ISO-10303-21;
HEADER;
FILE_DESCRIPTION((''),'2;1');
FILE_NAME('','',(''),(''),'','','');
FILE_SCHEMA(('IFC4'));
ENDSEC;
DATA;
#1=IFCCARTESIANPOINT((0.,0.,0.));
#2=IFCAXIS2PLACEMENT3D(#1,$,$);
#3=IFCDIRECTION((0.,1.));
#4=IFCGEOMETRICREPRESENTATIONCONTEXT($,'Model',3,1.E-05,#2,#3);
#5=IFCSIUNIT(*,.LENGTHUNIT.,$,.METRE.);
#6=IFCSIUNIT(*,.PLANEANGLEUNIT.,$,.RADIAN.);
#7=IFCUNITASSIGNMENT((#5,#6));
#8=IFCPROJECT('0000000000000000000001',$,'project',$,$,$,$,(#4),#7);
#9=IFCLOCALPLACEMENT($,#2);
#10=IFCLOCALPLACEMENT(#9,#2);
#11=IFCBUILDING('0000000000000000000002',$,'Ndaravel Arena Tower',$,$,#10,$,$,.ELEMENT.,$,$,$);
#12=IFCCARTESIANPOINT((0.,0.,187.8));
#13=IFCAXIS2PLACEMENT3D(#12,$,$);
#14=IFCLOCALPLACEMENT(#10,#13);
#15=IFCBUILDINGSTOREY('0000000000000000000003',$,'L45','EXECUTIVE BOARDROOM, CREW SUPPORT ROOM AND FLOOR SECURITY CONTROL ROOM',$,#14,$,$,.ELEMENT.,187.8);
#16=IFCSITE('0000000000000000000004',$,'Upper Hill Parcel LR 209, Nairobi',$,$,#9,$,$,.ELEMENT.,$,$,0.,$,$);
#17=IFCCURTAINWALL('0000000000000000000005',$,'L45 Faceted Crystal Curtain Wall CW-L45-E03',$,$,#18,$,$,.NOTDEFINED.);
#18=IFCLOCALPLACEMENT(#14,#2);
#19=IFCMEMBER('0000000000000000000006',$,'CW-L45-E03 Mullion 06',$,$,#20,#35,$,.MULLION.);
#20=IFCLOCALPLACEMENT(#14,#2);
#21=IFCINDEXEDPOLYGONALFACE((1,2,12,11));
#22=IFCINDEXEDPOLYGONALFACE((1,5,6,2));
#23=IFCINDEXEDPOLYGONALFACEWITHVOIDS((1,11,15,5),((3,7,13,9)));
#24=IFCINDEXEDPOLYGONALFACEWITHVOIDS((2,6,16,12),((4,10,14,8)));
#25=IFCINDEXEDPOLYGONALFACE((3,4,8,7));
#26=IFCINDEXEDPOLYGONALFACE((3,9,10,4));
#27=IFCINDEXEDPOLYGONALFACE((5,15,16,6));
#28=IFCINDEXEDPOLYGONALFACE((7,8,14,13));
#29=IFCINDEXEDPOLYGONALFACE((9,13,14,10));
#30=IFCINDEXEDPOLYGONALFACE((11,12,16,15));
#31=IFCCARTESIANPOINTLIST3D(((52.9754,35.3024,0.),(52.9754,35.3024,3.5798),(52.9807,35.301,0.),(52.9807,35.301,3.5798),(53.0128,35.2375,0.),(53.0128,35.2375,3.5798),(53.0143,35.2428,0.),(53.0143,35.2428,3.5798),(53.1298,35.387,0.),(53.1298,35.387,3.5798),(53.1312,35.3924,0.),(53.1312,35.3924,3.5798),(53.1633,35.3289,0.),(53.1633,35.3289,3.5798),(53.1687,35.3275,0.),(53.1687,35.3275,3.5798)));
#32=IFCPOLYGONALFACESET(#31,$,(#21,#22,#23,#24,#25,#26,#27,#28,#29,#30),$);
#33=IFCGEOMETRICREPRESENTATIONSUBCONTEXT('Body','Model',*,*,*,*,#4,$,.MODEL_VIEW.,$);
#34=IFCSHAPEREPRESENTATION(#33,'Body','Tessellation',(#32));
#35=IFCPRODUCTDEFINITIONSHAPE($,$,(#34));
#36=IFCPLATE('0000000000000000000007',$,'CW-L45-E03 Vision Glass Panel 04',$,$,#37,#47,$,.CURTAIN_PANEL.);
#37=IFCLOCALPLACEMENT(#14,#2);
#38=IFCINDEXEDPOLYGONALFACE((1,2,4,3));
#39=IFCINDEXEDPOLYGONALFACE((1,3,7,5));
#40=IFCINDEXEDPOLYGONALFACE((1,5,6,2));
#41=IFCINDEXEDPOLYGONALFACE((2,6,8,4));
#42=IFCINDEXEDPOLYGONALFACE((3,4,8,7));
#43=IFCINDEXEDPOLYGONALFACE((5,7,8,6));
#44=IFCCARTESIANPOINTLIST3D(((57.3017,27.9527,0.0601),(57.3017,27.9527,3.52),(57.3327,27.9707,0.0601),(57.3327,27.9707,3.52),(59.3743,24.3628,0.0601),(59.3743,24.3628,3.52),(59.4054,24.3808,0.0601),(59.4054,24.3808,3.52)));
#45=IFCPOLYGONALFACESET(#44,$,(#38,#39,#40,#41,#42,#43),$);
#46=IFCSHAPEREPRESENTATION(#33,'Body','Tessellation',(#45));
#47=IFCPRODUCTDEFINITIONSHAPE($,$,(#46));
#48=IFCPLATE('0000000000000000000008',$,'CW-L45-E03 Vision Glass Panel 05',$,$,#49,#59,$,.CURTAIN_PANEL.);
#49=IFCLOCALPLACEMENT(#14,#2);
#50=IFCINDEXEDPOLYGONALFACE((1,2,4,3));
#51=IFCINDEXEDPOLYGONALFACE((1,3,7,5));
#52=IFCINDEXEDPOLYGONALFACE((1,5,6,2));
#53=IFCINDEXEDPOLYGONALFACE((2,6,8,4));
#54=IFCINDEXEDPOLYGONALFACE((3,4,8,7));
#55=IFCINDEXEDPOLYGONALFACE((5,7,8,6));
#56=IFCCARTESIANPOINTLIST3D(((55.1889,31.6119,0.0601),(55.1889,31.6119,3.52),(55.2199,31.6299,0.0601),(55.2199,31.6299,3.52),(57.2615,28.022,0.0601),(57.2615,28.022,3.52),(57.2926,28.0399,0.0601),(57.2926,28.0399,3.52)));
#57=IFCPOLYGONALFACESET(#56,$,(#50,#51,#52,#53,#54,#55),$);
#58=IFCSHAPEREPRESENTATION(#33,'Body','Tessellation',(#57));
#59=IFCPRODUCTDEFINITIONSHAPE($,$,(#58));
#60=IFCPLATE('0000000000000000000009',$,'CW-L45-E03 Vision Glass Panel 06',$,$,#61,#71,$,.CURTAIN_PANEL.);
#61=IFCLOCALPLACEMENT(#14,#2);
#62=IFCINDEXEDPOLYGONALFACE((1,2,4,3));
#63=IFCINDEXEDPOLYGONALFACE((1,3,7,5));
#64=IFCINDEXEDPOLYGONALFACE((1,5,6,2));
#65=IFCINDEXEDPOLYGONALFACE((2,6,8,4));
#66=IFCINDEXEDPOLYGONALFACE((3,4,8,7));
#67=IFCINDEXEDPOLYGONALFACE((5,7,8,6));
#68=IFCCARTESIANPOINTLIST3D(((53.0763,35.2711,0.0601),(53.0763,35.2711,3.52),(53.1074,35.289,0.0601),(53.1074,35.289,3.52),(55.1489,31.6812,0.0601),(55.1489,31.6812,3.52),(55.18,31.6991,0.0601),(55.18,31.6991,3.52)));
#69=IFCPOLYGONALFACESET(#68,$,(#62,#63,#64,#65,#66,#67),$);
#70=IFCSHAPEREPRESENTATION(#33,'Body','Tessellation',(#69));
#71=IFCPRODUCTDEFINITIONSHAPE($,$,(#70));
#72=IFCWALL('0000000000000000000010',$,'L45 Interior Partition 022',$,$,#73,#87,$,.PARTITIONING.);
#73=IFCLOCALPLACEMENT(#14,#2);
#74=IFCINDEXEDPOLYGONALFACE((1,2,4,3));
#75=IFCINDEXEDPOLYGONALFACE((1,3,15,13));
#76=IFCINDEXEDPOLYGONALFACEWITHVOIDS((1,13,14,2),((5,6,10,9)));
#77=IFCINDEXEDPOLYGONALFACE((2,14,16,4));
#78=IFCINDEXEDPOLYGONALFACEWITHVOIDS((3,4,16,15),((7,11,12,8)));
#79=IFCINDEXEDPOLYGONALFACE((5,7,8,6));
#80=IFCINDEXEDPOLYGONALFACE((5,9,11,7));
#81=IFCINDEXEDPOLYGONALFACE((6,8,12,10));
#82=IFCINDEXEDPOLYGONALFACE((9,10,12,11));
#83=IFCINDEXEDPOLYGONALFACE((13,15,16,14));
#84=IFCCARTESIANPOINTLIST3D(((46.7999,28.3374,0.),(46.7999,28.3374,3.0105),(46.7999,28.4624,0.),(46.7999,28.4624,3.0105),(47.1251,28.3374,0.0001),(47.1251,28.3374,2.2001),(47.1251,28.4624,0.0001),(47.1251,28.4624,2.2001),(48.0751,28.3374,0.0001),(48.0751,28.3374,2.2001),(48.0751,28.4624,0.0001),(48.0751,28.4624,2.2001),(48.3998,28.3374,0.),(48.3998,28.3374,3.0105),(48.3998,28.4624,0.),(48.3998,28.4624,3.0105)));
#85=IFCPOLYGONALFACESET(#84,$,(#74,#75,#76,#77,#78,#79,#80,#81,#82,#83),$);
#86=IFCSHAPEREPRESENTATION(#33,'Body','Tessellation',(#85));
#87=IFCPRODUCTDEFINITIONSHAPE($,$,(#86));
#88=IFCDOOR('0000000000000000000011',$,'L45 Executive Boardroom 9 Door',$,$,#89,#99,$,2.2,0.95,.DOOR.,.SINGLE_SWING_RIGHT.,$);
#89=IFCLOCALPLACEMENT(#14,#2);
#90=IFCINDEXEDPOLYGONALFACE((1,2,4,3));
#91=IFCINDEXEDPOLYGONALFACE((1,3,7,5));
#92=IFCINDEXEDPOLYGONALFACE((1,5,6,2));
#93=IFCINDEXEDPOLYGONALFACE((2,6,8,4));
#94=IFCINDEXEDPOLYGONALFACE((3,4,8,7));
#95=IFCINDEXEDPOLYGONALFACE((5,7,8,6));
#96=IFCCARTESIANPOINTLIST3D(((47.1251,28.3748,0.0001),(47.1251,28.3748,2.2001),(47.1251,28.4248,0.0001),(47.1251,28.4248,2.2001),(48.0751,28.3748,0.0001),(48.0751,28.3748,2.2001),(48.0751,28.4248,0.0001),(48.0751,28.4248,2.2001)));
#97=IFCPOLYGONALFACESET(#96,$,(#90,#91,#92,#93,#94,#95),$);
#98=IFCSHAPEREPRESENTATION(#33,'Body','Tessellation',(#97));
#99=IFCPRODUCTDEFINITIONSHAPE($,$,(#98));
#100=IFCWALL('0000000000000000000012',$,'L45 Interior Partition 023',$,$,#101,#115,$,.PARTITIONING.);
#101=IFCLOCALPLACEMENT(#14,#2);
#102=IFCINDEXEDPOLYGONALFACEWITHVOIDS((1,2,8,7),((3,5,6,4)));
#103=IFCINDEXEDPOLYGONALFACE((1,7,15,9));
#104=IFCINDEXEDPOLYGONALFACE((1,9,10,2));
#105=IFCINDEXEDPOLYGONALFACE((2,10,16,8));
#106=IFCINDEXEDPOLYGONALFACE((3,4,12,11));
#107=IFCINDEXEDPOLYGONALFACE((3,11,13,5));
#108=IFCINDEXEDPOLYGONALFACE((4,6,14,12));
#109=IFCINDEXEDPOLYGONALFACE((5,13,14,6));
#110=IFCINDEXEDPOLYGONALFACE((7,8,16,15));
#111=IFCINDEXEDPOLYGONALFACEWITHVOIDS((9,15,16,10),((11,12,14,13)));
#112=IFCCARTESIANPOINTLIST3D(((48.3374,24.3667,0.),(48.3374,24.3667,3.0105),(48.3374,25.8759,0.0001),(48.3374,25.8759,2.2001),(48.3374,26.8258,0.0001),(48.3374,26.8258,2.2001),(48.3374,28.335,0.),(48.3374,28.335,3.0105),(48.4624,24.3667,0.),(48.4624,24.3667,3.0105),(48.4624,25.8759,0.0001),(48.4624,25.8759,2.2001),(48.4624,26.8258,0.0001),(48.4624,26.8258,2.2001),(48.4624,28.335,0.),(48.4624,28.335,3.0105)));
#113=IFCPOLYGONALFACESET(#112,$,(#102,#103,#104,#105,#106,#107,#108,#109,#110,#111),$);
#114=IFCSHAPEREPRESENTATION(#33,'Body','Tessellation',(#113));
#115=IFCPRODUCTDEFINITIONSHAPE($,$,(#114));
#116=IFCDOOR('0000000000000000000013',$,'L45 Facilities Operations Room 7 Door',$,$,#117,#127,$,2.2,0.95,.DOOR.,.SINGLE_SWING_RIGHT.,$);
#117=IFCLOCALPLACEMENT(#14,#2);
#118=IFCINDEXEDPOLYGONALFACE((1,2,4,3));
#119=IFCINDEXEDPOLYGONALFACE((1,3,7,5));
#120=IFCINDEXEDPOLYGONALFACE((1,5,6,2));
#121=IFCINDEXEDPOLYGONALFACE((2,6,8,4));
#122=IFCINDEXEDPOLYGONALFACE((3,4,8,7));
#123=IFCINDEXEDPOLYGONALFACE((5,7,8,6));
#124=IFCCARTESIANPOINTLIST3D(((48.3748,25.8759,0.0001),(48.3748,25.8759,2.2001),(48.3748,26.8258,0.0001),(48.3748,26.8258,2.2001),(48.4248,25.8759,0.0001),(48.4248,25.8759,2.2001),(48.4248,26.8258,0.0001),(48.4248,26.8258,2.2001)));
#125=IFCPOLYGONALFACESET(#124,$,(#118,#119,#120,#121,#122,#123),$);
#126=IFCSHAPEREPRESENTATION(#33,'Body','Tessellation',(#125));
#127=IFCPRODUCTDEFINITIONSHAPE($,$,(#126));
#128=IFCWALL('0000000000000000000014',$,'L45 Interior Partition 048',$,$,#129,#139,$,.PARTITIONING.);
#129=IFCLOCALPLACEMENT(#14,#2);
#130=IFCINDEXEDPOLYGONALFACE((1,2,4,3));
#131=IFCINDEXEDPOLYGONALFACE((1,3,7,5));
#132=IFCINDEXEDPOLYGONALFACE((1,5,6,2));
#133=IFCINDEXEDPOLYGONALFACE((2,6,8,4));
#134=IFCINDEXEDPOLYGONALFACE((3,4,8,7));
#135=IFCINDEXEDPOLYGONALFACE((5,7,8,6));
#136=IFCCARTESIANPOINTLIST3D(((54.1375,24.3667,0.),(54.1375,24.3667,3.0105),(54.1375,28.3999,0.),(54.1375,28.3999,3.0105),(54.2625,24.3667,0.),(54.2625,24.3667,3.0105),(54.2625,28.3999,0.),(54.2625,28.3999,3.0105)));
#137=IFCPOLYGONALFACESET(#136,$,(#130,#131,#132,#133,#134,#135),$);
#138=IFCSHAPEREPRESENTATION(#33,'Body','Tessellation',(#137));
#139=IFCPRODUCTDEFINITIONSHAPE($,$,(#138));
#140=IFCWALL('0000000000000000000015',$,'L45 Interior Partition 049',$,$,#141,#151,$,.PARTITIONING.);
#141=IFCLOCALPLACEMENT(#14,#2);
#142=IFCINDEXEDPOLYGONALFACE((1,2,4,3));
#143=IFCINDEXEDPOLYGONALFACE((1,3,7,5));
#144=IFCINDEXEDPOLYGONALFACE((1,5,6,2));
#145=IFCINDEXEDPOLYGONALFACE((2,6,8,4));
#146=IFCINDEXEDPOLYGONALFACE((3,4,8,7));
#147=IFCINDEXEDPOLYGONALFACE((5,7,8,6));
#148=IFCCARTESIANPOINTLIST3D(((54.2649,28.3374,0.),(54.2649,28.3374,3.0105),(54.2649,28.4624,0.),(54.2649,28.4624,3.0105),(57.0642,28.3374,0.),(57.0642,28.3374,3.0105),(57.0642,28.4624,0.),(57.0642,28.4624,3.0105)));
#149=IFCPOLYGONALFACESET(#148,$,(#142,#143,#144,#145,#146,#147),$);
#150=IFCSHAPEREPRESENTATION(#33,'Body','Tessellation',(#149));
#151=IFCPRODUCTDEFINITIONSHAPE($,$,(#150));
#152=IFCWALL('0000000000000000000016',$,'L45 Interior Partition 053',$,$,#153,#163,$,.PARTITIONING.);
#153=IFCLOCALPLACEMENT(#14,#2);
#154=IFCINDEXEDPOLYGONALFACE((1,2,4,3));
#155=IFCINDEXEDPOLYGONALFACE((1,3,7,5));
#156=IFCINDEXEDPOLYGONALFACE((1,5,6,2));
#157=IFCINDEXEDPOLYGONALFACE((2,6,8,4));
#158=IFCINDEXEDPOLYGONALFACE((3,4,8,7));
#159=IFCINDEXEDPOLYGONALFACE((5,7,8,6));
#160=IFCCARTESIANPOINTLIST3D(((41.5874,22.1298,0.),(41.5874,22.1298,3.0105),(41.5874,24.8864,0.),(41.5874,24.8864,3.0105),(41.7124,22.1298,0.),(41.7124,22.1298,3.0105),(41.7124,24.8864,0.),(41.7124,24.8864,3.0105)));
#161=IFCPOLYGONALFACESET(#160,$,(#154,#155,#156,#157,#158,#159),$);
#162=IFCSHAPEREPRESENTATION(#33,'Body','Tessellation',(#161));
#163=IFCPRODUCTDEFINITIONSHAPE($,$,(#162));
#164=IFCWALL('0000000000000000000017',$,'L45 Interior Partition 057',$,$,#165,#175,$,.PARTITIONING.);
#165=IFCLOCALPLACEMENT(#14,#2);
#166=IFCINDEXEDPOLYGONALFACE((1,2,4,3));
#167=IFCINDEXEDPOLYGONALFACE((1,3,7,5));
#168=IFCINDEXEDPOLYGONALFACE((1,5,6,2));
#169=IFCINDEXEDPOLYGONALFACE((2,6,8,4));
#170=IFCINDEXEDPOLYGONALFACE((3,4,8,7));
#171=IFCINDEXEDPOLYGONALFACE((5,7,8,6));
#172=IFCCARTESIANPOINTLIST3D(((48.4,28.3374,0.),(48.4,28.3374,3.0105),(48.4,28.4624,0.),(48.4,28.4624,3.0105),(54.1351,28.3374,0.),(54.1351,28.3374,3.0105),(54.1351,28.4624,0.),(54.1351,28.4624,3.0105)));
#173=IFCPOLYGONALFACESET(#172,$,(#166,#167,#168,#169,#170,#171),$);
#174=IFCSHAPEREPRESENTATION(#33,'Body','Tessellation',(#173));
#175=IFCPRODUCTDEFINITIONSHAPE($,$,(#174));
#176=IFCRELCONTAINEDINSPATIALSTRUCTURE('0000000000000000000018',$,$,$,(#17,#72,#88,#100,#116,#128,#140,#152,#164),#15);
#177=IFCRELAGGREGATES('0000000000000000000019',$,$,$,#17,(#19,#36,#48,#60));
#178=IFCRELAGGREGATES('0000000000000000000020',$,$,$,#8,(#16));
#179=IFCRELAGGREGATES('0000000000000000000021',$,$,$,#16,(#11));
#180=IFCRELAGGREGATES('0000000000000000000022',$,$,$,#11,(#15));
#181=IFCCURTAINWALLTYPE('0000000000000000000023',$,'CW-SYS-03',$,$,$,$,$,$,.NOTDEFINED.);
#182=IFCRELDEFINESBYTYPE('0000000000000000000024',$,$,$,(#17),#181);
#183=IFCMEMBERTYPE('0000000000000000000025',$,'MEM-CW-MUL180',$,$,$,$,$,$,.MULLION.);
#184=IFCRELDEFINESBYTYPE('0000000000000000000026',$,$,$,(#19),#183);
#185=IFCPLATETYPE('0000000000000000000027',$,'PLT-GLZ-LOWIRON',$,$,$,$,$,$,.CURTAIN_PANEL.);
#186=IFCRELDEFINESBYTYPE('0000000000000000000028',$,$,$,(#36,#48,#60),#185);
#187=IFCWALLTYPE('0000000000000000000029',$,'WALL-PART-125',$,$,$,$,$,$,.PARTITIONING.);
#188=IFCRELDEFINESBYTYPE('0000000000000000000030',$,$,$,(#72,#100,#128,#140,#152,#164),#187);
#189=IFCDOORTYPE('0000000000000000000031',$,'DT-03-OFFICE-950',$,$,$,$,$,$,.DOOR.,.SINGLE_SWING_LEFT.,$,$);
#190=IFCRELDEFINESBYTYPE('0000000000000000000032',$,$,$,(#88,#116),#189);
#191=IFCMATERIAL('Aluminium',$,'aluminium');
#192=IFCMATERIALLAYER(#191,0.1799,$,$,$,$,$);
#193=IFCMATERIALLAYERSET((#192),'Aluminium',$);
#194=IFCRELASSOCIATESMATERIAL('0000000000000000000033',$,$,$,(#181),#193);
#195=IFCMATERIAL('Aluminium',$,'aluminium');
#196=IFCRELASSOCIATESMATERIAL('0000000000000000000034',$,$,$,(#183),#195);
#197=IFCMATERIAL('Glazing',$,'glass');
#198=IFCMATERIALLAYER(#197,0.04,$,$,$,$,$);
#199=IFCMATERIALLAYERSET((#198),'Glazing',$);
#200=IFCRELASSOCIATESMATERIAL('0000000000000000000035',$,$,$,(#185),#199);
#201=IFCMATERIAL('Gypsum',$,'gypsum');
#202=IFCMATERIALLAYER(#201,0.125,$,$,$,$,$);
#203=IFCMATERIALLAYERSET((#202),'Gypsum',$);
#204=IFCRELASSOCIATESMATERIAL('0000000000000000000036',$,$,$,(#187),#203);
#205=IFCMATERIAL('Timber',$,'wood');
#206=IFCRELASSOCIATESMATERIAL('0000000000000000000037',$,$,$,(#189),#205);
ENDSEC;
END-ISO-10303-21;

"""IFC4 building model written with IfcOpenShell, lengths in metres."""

from ifc_helpers import new_model, si_unit, direction, frame, frame_2d, origin, origin_2d, place, context, subcontext, project, spatial, rectangle, hollow_rectangle, extrude, material, layer, layer_set, material_profile, profile_set, type_object, element, fill, aggregate, save


model = new_model("IFC4")

# Units and contexts
model_context = context("Model", 3, precision=1e-05, world=origin(), true_north=direction((0.0, 1.0)))
body_context = subcontext(model_context, "Body", "Model", "MODEL_VIEW")
ifc_project = project(units=[si_unit("LENGTHUNIT", "METRE"), si_unit("PLANEANGLEUNIT", "RADIAN")], contexts=[model_context])

# Site, building, storey
site_placement = place(None, origin())
site = spatial("IfcSite", under=ifc_project, at=site_placement, Name="Upper Hill Parcel LR 209, Nairobi", CompositionType="ELEMENT", RefElevation=0.0)
building_placement = place(site_placement, origin())
building = spatial("IfcBuilding", under=site, at=building_placement, Name="Ndaravel Arena Tower", CompositionType="ELEMENT")
storey_placement = place(building_placement, frame((0.0, 0.0, 187.8)))
storey = spatial("IfcBuildingStorey", under=building, at=storey_placement, Name="L45", Description="EXECUTIVE BOARDROOM, CREW SUPPORT ROOM AND FLOOR SECURITY CONTROL ROOM", CompositionType="ELEMENT", Elevation=187.8)

# Curtain wall, member, plates
ifc_material_1 = material(Name="Aluminium", Category="aluminium")
ifc_layer_1 = layer(ifc_material_1, 0.1799)
ifc_layer_set_1 = layer_set([ifc_layer_1], Name="Aluminium")
curtain_wall_type = type_object("IfcCurtainWallType", Name="CW-SYS-03", PredefinedType="NOTDEFINED", material=ifc_layer_set_1)
curtain_wall_placement = place(storey_placement, origin())
curtain_wall = element("IfcCurtainWall", 1, at=curtain_wall_placement, inside=storey, type_object=curtain_wall_type, Name="L45 Faceted Crystal Curtain Wall CW-L45-E03", PredefinedType="NOTDEFINED")
ifc_material_2 = material(Name="Aluminium", Category="aluminium")
ifc_material_profile_1 = material_profile(ifc_material_2, hollow_rectangle(XDim=0.075, YDim=0.1799, WallThickness=0.0039, at=origin_2d()), Name="CW MULLION 75x180x4")
ifc_profile_set_1 = profile_set([ifc_material_profile_1], Name="Aluminium")
member_type = type_object("IfcMemberType", Name="MEM-CW-MUL180", PredefinedType="MULLION", material=ifc_profile_set_1)
member_1_placement = place(storey_placement, frame((53.072, 35.3149, 0.0), z_axis=(0.0, 0.0, 1.0), x_axis=(-0.5, 0.866025, 0.0)))
member_1 = element("IfcMember", 2, at=member_1_placement, type_object=member_type, Name="CW-L45-E03 Mullion 06", PredefinedType="MULLION", context=body_context, shape_type="SweptSolid", body=[
    extrude(hollow_rectangle(XDim=0.075, YDim=0.1799, WallThickness=0.0039, at=origin_2d()), origin(), (0.0, 0.0, 1.0), 3.5798),
])
ifc_material_3 = material(Name="Glazing", Category="glass")
ifc_layer_2 = layer(ifc_material_3, 0.04)
ifc_layer_set_2 = layer_set([ifc_layer_2], Name="Glazing")
plate_type = type_object("IfcPlateType", Name="PLT-GLZ-LOWIRON", PredefinedType="CURTAIN_PANEL", material=ifc_layer_set_2)
plate_1_placement = place(storey_placement, frame((58.3535, 26.1667, 0.0601), z_axis=(0.0, 0.0, 1.0), x_axis=(-0.5, 0.866025, 0.0)))
plate_1 = element("IfcPlate", 3, at=plate_1_placement, type_object=plate_type, Name="CW-L45-E03 Vision Glass Panel 04", PredefinedType="CURTAIN_PANEL", context=body_context, shape_type="SweptSolid", body=[
    extrude(rectangle(XDim=4.1453, YDim=0.0359, at=origin_2d()), origin(), (0.0, 0.0, 1.0), 3.46),
])
plate_2_placement = place(storey_placement, frame((56.2407, 29.8259, 0.0601), z_axis=(0.0, 0.0, 1.0), x_axis=(-0.5, 0.866025, 0.0)))
plate_2 = element("IfcPlate", 4, at=plate_2_placement, type_object=plate_type, Name="CW-L45-E03 Vision Glass Panel 05", PredefinedType="CURTAIN_PANEL", context=body_context, shape_type="SweptSolid", body=[
    extrude(rectangle(XDim=4.1453, YDim=0.0359, at=origin_2d()), origin(), (0.0, 0.0, 1.0), 3.46),
])
plate_3_placement = place(storey_placement, frame((54.1282, 33.4851, 0.0601), z_axis=(0.0, 0.0, 1.0), x_axis=(-0.5, 0.866025, 0.0)))
plate_3 = element("IfcPlate", 5, at=plate_3_placement, type_object=plate_type, Name="CW-L45-E03 Vision Glass Panel 06", PredefinedType="CURTAIN_PANEL", context=body_context, shape_type="SweptSolid", body=[
    extrude(rectangle(XDim=4.1453, YDim=0.0359, at=origin_2d()), origin(), (0.0, 0.0, 1.0), 3.46),
])
aggregate(curtain_wall, [member_1, plate_1, plate_2, plate_3])

# Walls, openings, doors
ifc_material_4 = material(Name="Gypsum", Category="gypsum")
ifc_layer_3 = layer(ifc_material_4, 0.125)
ifc_layer_set_3 = layer_set([ifc_layer_3], Name="Gypsum")
wall_type_1 = type_object("IfcWallType", Name="WALL-PART-125", PredefinedType="PARTITIONING", material=ifc_layer_set_3)
wall_1_placement = place(storey_placement, frame((46.8, 28.3999, 0.0), z_axis=(0.0, 0.0, 1.0), x_axis=(1.0, 0.0, 0.0)))
wall_1 = element("IfcWall", 6, at=wall_1_placement, inside=storey, type_object=wall_type_1, Name="L45 Interior Partition 022", PredefinedType="PARTITIONING", context=body_context, shape_type="SweptSolid", body=[
    extrude(rectangle(XDim=1.5999, YDim=0.125, at=frame_2d((0.7998, 0.0))), origin(), (0.0, 0.0, 1.0), 3.0105),
])
opening_1_placement = place(wall_1_placement, frame((0.325, 0.0, 0.0)))
opening_1 = element("IfcOpeningElement", 7, at=opening_1_placement, cuts=wall_1, PredefinedType="OPENING", context=body_context, shape_type="SweptSolid", body=[
    extrude(rectangle(XDim=0.95, YDim=2.2, at=frame_2d((0.4751, 1.1001))), frame((0.0, 0.0625, 0.0), z_axis=(0.0, -1.0, 0.0), x_axis=(1.0, 0.0, 0.0)), (0.0, 0.0, 1.0), 0.125),
])
ifc_material_5 = material(Name="Timber", Category="wood")
door_type_1 = type_object("IfcDoorType", Name="DT-03-OFFICE-950", OperationType="SINGLE_SWING_LEFT", PredefinedType="DOOR", material=ifc_material_5)
door_1_placement = place(opening_1_placement, origin())
door_1 = element("IfcDoor", 8, at=door_1_placement, inside=storey, type_object=door_type_1, Name="L45 Executive Boardroom 9 Door", OperationType="SINGLE_SWING_RIGHT", OverallHeight=2.2, OverallWidth=0.95, PredefinedType="DOOR", context=body_context, shape_type="SweptSolid", body=[
    extrude(rectangle(XDim=0.95, YDim=2.2, at=frame_2d((0.4751, 1.1001))), frame((0.0, 0.0249, 0.0), z_axis=(0.0, -1.0, 0.0), x_axis=(1.0, 0.0, 0.0)), (0.0, 0.0, 1.0), 0.05),
])
fill(opening_1, door_1)
wall_2_placement = place(storey_placement, frame((48.3999, 28.335, 0.0), z_axis=(0.0, 0.0, 1.0), x_axis=(0.0, -1.0, 0.0)))
wall_2 = element("IfcWall", 9, at=wall_2_placement, inside=storey, type_object=wall_type_1, Name="L45 Interior Partition 023", PredefinedType="PARTITIONING", context=body_context, shape_type="SweptSolid", body=[
    extrude(rectangle(XDim=3.9683, YDim=0.125, at=frame_2d((1.9841, 0.0))), origin(), (0.0, 0.0, 1.0), 3.0105),
])
opening_2_placement = place(wall_2_placement, frame((1.509, 0.0, 0.0)))
opening_2 = element("IfcOpeningElement", 10, at=opening_2_placement, cuts=wall_2, PredefinedType="OPENING", context=body_context, shape_type="SweptSolid", body=[
    extrude(rectangle(XDim=0.95, YDim=2.2, at=frame_2d((0.4751, 1.1001))), frame((0.0, 0.0625, 0.0), z_axis=(0.0, -1.0, 0.0), x_axis=(1.0, 0.0, 0.0)), (0.0, 0.0, 1.0), 0.125),
])
door_2_placement = place(opening_2_placement, origin())
door_2 = element("IfcDoor", 11, at=door_2_placement, inside=storey, type_object=door_type_1, Name="L45 Facilities Operations Room 7 Door", OperationType="SINGLE_SWING_RIGHT", OverallHeight=2.2, OverallWidth=0.95, PredefinedType="DOOR", context=body_context, shape_type="SweptSolid", body=[
    extrude(rectangle(XDim=0.95, YDim=2.2, at=frame_2d((0.4751, 1.1001))), frame((0.0, 0.0249, 0.0), z_axis=(0.0, -1.0, 0.0), x_axis=(1.0, 0.0, 0.0)), (0.0, 0.0, 1.0), 0.05),
])
fill(opening_2, door_2)

# Walls
wall_3_placement = place(storey_placement, frame((54.2, 24.3667, 0.0), z_axis=(0.0, 0.0, 1.0), x_axis=(0.0, 1.0, 0.0)))
element("IfcWall", 12, at=wall_3_placement, inside=storey, type_object=wall_type_1, Name="L45 Interior Partition 048", PredefinedType="PARTITIONING", context=body_context, shape_type="SweptSolid", body=[
    extrude(rectangle(XDim=4.0332, YDim=0.125, at=frame_2d((2.0166, 0.0))), origin(), (0.0, 0.0, 1.0), 3.0105),
])
wall_4_placement = place(storey_placement, frame((54.2649, 28.3999, 0.0), z_axis=(0.0, 0.0, 1.0), x_axis=(1.0, 0.0, 0.0)))
element("IfcWall", 13, at=wall_4_placement, inside=storey, type_object=wall_type_1, Name="L45 Interior Partition 049", PredefinedType="PARTITIONING", context=body_context, shape_type="SweptSolid", body=[
    extrude(rectangle(XDim=2.7993, YDim=0.125, at=frame_2d((1.3997, 0.0))), origin(), (0.0, 0.0, 1.0), 3.0105),
])
wall_5_placement = place(storey_placement, frame((41.6499, 24.8865, 0.0), z_axis=(0.0, 0.0, 1.0), x_axis=(0.0, -1.0, 0.0)))
element("IfcWall", 14, at=wall_5_placement, inside=storey, type_object=wall_type_1, Name="L45 Interior Partition 053", PredefinedType="PARTITIONING", context=body_context, shape_type="SweptSolid", body=[
    extrude(rectangle(XDim=2.7566, YDim=0.125, at=frame_2d((1.3784, 0.0))), origin(), (0.0, 0.0, 1.0), 3.0105),
])
wall_6_placement = place(storey_placement, frame((48.3999, 28.3999, 0.0), z_axis=(0.0, 0.0, 1.0), x_axis=(1.0, 0.0, 0.0)))
element("IfcWall", 15, at=wall_6_placement, inside=storey, type_object=wall_type_1, Name="L45 Interior Partition 057", PredefinedType="PARTITIONING", context=body_context, shape_type="SweptSolid", body=[
    extrude(rectangle(XDim=5.7351, YDim=0.125, at=frame_2d((2.8677, 0.0))), origin(), (0.0, 0.0, 1.0), 3.0105),
])

save(model, "model.ifc")
